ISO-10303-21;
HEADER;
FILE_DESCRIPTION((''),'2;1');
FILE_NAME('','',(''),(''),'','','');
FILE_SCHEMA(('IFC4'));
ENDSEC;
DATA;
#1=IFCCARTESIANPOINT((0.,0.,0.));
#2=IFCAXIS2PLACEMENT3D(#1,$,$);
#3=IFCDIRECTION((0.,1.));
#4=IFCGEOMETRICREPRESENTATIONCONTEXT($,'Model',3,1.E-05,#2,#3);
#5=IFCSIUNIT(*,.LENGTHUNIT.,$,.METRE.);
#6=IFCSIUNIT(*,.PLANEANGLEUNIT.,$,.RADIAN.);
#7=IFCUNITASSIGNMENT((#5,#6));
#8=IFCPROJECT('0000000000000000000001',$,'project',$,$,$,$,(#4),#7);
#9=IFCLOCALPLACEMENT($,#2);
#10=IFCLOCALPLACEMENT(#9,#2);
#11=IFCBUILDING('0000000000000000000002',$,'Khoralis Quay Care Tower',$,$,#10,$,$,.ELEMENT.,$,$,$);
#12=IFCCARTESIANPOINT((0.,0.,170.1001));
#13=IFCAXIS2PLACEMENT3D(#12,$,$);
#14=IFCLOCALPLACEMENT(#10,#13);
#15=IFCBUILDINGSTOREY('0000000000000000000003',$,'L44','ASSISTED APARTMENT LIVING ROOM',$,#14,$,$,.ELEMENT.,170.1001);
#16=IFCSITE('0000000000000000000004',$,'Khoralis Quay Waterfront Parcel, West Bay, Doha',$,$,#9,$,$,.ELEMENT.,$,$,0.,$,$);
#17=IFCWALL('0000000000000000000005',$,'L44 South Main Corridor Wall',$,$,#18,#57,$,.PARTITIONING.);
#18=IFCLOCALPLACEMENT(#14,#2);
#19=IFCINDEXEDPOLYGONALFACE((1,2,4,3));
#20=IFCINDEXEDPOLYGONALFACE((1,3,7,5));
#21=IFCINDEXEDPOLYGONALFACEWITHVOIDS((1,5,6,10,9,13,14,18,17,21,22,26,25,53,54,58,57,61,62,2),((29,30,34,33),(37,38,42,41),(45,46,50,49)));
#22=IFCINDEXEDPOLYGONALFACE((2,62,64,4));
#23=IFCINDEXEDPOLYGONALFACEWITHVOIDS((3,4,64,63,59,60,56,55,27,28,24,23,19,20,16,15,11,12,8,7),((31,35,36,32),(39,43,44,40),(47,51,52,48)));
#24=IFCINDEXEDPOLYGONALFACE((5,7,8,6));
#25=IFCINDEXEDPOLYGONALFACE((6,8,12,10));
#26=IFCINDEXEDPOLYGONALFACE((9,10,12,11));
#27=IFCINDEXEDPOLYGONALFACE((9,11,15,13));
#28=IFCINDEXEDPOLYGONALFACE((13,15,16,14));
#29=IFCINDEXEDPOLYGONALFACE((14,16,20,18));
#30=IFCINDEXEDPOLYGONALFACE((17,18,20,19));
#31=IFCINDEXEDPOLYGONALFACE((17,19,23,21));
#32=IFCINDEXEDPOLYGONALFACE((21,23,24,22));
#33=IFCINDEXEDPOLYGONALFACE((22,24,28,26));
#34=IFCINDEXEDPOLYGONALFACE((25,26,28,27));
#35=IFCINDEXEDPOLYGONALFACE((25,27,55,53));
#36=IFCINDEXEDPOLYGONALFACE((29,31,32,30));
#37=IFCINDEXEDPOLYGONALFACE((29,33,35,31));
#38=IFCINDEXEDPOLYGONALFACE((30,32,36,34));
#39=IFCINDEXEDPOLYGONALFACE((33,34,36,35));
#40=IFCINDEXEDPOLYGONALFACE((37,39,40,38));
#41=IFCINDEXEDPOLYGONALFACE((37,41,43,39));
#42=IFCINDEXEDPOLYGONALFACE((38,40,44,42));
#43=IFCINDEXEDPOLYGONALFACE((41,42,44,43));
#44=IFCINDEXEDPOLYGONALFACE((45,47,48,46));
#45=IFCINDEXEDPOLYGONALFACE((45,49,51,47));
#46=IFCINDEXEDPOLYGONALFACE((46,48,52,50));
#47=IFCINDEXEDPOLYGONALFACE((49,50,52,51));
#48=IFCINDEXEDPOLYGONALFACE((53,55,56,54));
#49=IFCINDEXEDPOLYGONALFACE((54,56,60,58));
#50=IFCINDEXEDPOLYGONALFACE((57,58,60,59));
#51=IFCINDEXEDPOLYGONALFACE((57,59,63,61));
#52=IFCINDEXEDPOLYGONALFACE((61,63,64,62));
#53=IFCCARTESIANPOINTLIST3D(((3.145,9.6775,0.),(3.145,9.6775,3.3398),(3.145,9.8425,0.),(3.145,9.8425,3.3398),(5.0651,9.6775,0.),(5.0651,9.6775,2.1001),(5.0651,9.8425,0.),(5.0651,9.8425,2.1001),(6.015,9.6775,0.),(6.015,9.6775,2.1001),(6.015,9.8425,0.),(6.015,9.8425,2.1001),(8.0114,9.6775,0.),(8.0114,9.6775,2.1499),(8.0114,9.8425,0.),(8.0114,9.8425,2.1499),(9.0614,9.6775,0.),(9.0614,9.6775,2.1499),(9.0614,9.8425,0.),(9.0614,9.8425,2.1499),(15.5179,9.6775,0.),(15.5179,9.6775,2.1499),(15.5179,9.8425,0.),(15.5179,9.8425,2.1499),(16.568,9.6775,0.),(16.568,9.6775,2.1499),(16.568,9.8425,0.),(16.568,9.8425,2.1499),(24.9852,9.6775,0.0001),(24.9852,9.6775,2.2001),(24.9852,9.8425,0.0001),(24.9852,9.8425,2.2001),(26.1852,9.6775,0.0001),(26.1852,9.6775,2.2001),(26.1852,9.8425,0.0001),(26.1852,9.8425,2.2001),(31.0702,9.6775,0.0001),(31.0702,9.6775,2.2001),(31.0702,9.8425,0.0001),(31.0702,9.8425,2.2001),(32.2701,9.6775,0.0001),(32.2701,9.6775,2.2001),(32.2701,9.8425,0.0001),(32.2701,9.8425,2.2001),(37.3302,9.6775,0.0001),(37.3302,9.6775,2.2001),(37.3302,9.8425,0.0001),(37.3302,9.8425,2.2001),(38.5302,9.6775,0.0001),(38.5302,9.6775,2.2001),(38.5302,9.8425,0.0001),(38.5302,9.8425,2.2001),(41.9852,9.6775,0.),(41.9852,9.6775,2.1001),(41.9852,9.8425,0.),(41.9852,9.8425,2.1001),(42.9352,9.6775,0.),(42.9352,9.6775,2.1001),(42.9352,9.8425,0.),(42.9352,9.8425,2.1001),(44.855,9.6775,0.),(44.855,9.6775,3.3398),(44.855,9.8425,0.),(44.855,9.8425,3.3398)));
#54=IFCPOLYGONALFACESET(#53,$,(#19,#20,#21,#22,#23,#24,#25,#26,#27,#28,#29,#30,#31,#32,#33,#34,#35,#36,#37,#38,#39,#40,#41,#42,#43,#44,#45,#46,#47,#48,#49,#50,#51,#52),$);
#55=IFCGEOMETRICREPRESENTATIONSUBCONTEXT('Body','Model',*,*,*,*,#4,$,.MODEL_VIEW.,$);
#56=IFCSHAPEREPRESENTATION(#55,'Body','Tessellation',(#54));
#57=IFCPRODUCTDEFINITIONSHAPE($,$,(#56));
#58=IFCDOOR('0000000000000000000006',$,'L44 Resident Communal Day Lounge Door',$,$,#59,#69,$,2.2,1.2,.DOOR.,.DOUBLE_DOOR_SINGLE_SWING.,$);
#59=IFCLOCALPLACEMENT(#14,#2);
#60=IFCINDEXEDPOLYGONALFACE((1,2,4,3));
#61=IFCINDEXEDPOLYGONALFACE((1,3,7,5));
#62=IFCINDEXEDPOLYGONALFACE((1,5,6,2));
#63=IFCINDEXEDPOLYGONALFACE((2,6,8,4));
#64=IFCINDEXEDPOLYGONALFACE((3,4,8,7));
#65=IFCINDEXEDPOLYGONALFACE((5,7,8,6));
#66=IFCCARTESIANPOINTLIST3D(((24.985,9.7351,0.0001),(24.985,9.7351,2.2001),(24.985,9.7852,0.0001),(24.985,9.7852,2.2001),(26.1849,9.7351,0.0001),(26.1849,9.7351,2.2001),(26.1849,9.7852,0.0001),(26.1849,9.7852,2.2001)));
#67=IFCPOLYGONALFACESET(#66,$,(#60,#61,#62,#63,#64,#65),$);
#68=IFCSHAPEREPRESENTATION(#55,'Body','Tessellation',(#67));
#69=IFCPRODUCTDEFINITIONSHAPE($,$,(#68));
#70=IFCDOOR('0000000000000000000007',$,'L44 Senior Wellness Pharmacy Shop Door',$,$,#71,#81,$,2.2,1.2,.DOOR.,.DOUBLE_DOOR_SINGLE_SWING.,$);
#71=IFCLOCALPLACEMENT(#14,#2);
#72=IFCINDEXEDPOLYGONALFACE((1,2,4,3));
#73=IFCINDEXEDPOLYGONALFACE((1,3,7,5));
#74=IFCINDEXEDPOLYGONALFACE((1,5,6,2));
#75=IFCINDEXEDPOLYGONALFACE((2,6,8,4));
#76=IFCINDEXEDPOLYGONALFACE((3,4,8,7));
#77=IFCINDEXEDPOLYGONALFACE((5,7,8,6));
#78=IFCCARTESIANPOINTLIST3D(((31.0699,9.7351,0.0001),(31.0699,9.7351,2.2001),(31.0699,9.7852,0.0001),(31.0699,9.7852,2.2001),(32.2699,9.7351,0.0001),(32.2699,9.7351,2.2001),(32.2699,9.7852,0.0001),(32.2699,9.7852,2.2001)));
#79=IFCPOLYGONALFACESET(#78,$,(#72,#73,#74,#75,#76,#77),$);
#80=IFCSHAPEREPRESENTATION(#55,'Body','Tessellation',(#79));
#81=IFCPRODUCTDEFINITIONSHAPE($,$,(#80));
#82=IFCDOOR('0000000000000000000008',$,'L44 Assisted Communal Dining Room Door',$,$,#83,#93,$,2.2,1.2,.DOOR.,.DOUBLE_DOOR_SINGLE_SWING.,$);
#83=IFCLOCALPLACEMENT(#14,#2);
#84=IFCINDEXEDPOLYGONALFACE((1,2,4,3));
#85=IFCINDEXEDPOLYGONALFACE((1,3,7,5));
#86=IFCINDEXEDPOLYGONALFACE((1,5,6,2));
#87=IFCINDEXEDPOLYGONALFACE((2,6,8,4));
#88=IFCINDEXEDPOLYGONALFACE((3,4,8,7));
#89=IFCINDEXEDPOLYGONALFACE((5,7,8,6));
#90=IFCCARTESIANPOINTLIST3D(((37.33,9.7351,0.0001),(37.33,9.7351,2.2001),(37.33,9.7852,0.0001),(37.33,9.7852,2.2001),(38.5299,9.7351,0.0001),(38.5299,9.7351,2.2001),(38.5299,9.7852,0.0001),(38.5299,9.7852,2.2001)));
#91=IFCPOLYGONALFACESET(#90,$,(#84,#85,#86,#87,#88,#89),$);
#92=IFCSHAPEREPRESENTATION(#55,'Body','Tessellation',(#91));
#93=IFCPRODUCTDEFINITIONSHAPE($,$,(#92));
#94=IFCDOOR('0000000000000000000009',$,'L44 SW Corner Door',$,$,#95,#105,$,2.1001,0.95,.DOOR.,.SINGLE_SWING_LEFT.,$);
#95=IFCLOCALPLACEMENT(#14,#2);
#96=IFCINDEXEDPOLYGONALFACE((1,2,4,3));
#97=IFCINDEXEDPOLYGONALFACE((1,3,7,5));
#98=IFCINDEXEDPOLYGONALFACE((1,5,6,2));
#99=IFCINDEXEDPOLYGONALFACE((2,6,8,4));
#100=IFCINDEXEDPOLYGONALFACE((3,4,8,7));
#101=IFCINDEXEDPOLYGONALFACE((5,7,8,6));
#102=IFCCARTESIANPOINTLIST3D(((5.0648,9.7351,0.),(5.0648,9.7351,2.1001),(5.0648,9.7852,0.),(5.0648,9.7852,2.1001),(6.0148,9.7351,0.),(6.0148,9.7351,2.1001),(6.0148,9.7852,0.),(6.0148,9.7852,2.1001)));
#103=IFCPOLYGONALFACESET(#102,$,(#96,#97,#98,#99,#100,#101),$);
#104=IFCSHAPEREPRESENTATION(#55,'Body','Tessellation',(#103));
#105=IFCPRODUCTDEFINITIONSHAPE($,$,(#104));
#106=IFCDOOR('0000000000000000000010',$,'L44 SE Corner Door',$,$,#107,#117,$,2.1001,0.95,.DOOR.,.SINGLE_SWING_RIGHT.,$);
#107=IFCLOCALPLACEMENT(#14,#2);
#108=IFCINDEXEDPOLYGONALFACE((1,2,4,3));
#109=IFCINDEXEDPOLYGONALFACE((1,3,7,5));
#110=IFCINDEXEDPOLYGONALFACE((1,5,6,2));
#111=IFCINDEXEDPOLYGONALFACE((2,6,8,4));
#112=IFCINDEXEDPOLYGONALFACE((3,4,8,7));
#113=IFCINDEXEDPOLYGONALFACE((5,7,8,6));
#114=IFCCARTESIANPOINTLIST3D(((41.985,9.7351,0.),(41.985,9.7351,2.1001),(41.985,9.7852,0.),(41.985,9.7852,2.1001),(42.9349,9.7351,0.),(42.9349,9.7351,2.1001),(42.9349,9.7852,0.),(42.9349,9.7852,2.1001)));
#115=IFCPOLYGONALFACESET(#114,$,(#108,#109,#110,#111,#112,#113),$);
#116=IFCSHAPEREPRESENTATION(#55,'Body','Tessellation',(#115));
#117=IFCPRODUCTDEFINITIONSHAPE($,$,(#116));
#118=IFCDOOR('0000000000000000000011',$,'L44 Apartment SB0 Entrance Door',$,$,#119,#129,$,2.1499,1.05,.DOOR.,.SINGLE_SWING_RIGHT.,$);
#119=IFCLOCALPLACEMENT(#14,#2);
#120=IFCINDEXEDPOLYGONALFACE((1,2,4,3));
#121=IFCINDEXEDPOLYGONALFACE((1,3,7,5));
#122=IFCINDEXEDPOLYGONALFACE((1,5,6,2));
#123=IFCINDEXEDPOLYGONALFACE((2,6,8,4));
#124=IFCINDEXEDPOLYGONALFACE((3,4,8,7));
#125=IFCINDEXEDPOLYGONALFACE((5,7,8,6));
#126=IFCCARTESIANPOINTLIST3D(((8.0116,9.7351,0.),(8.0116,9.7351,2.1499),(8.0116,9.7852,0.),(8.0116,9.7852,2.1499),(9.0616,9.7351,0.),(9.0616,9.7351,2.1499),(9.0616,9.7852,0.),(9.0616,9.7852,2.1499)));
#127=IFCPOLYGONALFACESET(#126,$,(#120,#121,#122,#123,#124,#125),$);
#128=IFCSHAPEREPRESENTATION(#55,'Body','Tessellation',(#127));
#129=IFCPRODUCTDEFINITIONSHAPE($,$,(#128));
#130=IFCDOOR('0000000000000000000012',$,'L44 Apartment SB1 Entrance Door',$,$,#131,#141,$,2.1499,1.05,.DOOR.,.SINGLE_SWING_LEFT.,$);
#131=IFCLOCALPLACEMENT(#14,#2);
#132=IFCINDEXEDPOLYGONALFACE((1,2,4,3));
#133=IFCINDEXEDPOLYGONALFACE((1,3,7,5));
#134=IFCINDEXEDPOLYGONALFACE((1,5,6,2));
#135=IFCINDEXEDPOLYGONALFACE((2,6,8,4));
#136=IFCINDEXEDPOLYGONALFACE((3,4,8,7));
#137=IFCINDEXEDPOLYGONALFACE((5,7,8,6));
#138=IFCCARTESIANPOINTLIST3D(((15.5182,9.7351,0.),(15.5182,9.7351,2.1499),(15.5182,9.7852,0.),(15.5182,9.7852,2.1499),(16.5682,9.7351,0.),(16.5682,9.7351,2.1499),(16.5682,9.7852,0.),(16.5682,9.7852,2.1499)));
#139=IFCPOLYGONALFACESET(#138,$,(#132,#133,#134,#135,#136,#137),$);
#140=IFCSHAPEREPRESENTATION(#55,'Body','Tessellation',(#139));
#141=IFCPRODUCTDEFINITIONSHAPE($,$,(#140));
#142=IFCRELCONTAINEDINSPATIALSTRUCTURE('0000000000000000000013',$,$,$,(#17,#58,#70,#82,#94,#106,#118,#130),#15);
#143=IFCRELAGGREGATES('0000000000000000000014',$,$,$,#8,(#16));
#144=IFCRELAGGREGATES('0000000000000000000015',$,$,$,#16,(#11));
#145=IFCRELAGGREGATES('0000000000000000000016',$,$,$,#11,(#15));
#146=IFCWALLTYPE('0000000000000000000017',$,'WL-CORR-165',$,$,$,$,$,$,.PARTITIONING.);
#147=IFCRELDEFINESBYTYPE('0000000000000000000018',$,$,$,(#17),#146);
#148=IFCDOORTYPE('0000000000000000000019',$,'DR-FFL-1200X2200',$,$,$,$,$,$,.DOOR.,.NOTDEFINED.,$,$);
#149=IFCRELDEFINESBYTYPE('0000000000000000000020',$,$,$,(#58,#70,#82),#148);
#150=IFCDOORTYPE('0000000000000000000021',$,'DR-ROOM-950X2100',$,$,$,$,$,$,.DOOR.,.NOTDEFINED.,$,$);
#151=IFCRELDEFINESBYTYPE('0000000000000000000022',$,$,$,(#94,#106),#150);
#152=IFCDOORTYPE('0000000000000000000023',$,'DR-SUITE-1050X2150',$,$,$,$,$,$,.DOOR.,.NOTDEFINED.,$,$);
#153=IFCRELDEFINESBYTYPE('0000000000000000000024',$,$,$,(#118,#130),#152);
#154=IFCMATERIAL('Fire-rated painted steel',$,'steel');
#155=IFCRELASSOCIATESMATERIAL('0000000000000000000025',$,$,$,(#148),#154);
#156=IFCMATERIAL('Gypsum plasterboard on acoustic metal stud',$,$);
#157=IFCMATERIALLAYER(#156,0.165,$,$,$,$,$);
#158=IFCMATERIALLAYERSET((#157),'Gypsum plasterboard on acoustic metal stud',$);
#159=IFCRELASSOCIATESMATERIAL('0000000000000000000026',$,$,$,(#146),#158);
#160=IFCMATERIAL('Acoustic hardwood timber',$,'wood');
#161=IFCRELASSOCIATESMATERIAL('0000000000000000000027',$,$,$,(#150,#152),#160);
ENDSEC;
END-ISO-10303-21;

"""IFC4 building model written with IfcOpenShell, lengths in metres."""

from ifc_helpers import new_model, si_unit, direction, frame, frame_2d, origin, place, context, subcontext, project, spatial, rectangle, extrude, source, transform, mapped, material, layer, layer_set, type_object, element, fill, save


model = new_model("IFC4")

# Units and contexts
model_context = context("Model", 3, precision=1e-05, world=origin(), true_north=direction((0.0, 1.0)))
body_context = subcontext(model_context, "Body", "Model", "MODEL_VIEW")
ifc_project = project(units=[si_unit("LENGTHUNIT", "METRE"), si_unit("PLANEANGLEUNIT", "RADIAN")], contexts=[model_context])

# Site, building, storey
site_placement = place(None, origin())
site = spatial("IfcSite", under=ifc_project, at=site_placement, Name="Khoralis Quay Waterfront Parcel, West Bay, Doha", CompositionType="ELEMENT", RefElevation=0.0)
building_placement = place(site_placement, origin())
building = spatial("IfcBuilding", under=site, at=building_placement, Name="Khoralis Quay Care Tower", CompositionType="ELEMENT")
storey_placement = place(building_placement, frame((0.0, 0.0, 170.1001)))
storey = spatial("IfcBuildingStorey", under=building, at=storey_placement, Name="L44", Description="ASSISTED APARTMENT LIVING ROOM", CompositionType="ELEMENT", Elevation=170.1001)

# Shared definitions
ifc_material_1 = material(Name="Gypsum plasterboard on acoustic metal stud")
ifc_material_2 = material(Name="Fire-rated painted steel", Category="steel")
door_type_1 = type_object("IfcDoorType", Name="DR-FFL-1200X2200", OperationType="NOTDEFINED", PredefinedType="DOOR", material=ifc_material_2)
shared_shape_1 = source(origin(), body_context, "Body", "SweptSolid", [
    extrude(rectangle(XDim=1.2, YDim=2.2, at=frame_2d((0.6001, 1.1001))), frame((0.0, 0.0249, 0.0), z_axis=(0.0, -1.0, 0.0), x_axis=(1.0, 0.0, 0.0)), (0.0, 0.0, 1.0), 0.05),
])

# Wall, openings, doors
ifc_layer_1 = layer(ifc_material_1, 0.165)
ifc_layer_set_1 = layer_set([ifc_layer_1], Name="Gypsum plasterboard on acoustic metal stud")
wall_type_1 = type_object("IfcWallType", Name="WL-CORR-165", PredefinedType="PARTITIONING", material=ifc_layer_set_1)
wall_1_placement = place(storey_placement, frame((3.145, 9.76, 0.0), z_axis=(0.0, 0.0, 1.0), x_axis=(1.0, 0.0, 0.0)))
wall_1 = element("IfcWall", 1, at=wall_1_placement, inside=storey, type_object=wall_type_1, Name="L44 South Main Corridor Wall", PredefinedType="PARTITIONING", context=body_context, shape_type="SweptSolid", body=[
    extrude(rectangle(XDim=41.71, YDim=0.165, at=frame_2d((20.855, 0.0))), origin(), (0.0, 0.0, 1.0), 3.3398),
])
opening_1_placement = place(wall_1_placement, frame((4.8665, 0.0, 0.0)))
opening_1 = element("IfcOpeningElement", 2, at=opening_1_placement, cuts=wall_1, PredefinedType="OPENING", context=body_context, shape_type="SweptSolid", body=[
    extrude(rectangle(XDim=1.05, YDim=2.1499, at=frame_2d((0.5249, 1.075))), frame((0.0, 0.0925, 0.0), z_axis=(0.0, -1.0, 0.0), x_axis=(1.0, 0.0, 0.0)), (0.0, 0.0, 1.0), 0.1851),
])
opening_2_placement = place(wall_1_placement, frame((12.373, 0.0, 0.0)))
opening_2 = element("IfcOpeningElement", 3, at=opening_2_placement, cuts=wall_1, PredefinedType="OPENING", context=body_context, shape_type="SweptSolid", body=[
    extrude(rectangle(XDim=1.05, YDim=2.1499, at=frame_2d((0.5249, 1.075))), frame((0.0, 0.0925, 0.0), z_axis=(0.0, -1.0, 0.0), x_axis=(1.0, 0.0, 0.0)), (0.0, 0.0, 1.0), 0.1851),
])
opening_3_placement = place(wall_1_placement, frame((21.8401, 0.0, 0.0)))
opening_3 = element("IfcOpeningElement", 4, at=opening_3_placement, cuts=wall_1, PredefinedType="OPENING", context=body_context, shape_type="SweptSolid", body=[
    extrude(rectangle(XDim=1.2, YDim=2.2, at=frame_2d((0.6001, 1.1001))), frame((0.0, 0.0925, 0.0), z_axis=(0.0, -1.0, 0.0), x_axis=(1.0, 0.0, 0.0)), (0.0, 0.0, 1.0), 0.1851),
])
opening_4_placement = place(wall_1_placement, frame((27.925, 0.0, 0.0)))
opening_4 = element("IfcOpeningElement", 5, at=opening_4_placement, cuts=wall_1, PredefinedType="OPENING", context=body_context, shape_type="SweptSolid", body=[
    extrude(rectangle(XDim=1.2, YDim=2.2, at=frame_2d((0.6001, 1.1001))), frame((0.0, 0.0925, 0.0), z_axis=(0.0, -1.0, 0.0), x_axis=(1.0, 0.0, 0.0)), (0.0, 0.0, 1.0), 0.1851),
])
opening_5_placement = place(wall_1_placement, frame((34.1851, 0.0, 0.0)))
opening_5 = element("IfcOpeningElement", 6, at=opening_5_placement, cuts=wall_1, PredefinedType="OPENING", context=body_context, shape_type="SweptSolid", body=[
    extrude(rectangle(XDim=1.2, YDim=2.2, at=frame_2d((0.6001, 1.1001))), frame((0.0, 0.0925, 0.0), z_axis=(0.0, -1.0, 0.0), x_axis=(1.0, 0.0, 0.0)), (0.0, 0.0, 1.0), 0.1851),
])
opening_6_placement = place(wall_1_placement, frame((1.9199, 0.0, 0.0)))
opening_6 = element("IfcOpeningElement", 7, at=opening_6_placement, cuts=wall_1, PredefinedType="OPENING", context=body_context, shape_type="SweptSolid", body=[
    extrude(rectangle(XDim=0.95, YDim=2.1001, at=frame_2d((0.4751, 1.05))), frame((0.0, 0.0925, 0.0), z_axis=(0.0, -1.0, 0.0), x_axis=(1.0, 0.0, 0.0)), (0.0, 0.0, 1.0), 0.1851),
])
opening_7_placement = place(wall_1_placement, frame((38.8401, 0.0, 0.0)))
opening_7 = element("IfcOpeningElement", 8, at=opening_7_placement, cuts=wall_1, PredefinedType="OPENING", context=body_context, shape_type="SweptSolid", body=[
    extrude(rectangle(XDim=0.95, YDim=2.1001, at=frame_2d((0.4751, 1.05))), frame((0.0, 0.0925, 0.0), z_axis=(0.0, -1.0, 0.0), x_axis=(1.0, 0.0, 0.0)), (0.0, 0.0, 1.0), 0.1851),
])
door_1_placement = place(opening_3_placement, frame((1.2, 0.0, 0.0), z_axis=(0.0, 0.0, 1.0), x_axis=(-1.0, 0.0, 0.0)))
door_1 = element("IfcDoor", 9, at=door_1_placement, inside=storey, type_object=door_type_1, Name="L44 Resident Communal Day Lounge Door", OperationType="DOUBLE_DOOR_SINGLE_SWING", OverallHeight=2.2, OverallWidth=1.2, PredefinedType="DOOR", context=body_context, shape_type="MappedRepresentation", body=[
    mapped(shared_shape_1, transform((0.0, 0.0, 0.0), scale=1.0)),
])
fill(opening_3, door_1)
door_2_placement = place(opening_4_placement, frame((1.2, 0.0, 0.0), z_axis=(0.0, 0.0, 1.0), x_axis=(-1.0, 0.0, 0.0)))
door_2 = element("IfcDoor", 10, at=door_2_placement, inside=storey, type_object=door_type_1, Name="L44 Senior Wellness Pharmacy Shop Door", OperationType="DOUBLE_DOOR_SINGLE_SWING", OverallHeight=2.2, OverallWidth=1.2, PredefinedType="DOOR", context=body_context, shape_type="MappedRepresentation", body=[
    mapped(shared_shape_1, transform((0.0, 0.0, 0.0), scale=1.0)),
])
fill(opening_4, door_2)
door_3_placement = place(opening_5_placement, frame((1.2, 0.0, 0.0), z_axis=(0.0, 0.0, 1.0), x_axis=(-1.0, 0.0, 0.0)))
door_3 = element("IfcDoor", 11, at=door_3_placement, inside=storey, type_object=door_type_1, Name="L44 Assisted Communal Dining Room Door", OperationType="DOUBLE_DOOR_SINGLE_SWING", OverallHeight=2.2, OverallWidth=1.2, PredefinedType="DOOR", context=body_context, shape_type="MappedRepresentation", body=[
    mapped(shared_shape_1, transform((0.0, 0.0, 0.0), scale=1.0)),
])
fill(opening_5, door_3)
ifc_material_3 = material(Name="Acoustic hardwood timber", Category="wood")
door_type_2 = type_object("IfcDoorType", Name="DR-ROOM-950X2100", OperationType="NOTDEFINED", PredefinedType="DOOR", material=ifc_material_3)
shared_shape_2 = source(origin(), body_context, "Body", "SweptSolid", [
    extrude(rectangle(XDim=0.95, YDim=2.1001, at=frame_2d((0.4751, 1.05))), frame((0.0, 0.0249, 0.0), z_axis=(0.0, -1.0, 0.0), x_axis=(1.0, 0.0, 0.0)), (0.0, 0.0, 1.0), 0.05),
])
door_4_placement = place(opening_6_placement, frame((0.95, 0.0, 0.0), z_axis=(0.0, 0.0, 1.0), x_axis=(-1.0, 0.0, 0.0)))
door_4 = element("IfcDoor", 12, at=door_4_placement, inside=storey, type_object=door_type_2, Name="L44 SW Corner Door", OperationType="SINGLE_SWING_LEFT", OverallHeight=2.1001, OverallWidth=0.95, PredefinedType="DOOR", context=body_context, shape_type="MappedRepresentation", body=[
    mapped(shared_shape_2, transform((0.0, 0.0, 0.0), scale=1.0)),
])
fill(opening_6, door_4)
door_5_placement = place(opening_7_placement, frame((0.95, 0.0, 0.0), z_axis=(0.0, 0.0, 1.0), x_axis=(-1.0, 0.0, 0.0)))
door_5 = element("IfcDoor", 13, at=door_5_placement, inside=storey, type_object=door_type_2, Name="L44 SE Corner Door", OperationType="SINGLE_SWING_RIGHT", OverallHeight=2.1001, OverallWidth=0.95, PredefinedType="DOOR", context=body_context, shape_type="MappedRepresentation", body=[
    mapped(shared_shape_2, transform((0.0, 0.0, 0.0), scale=1.0)),
])
fill(opening_7, door_5)
door_type_3 = type_object("IfcDoorType", Name="DR-SUITE-1050X2150", OperationType="NOTDEFINED", PredefinedType="DOOR", material=ifc_material_3)
shared_shape_3 = source(origin(), body_context, "Body", "SweptSolid", [
    extrude(rectangle(XDim=1.05, YDim=2.1499, at=frame_2d((0.5249, 1.075))), frame((0.0, 0.0249, 0.0), z_axis=(0.0, -1.0, 0.0), x_axis=(1.0, 0.0, 0.0)), (0.0, 0.0, 1.0), 0.05),
])
door_6_placement = place(opening_1_placement, frame((1.05, 0.0, 0.0), z_axis=(0.0, 0.0, 1.0), x_axis=(-1.0, 0.0, 0.0)))
door_6 = element("IfcDoor", 14, at=door_6_placement, inside=storey, type_object=door_type_3, Name="L44 Apartment SB0 Entrance Door", OperationType="SINGLE_SWING_RIGHT", OverallHeight=2.1499, OverallWidth=1.05, PredefinedType="DOOR", context=body_context, shape_type="MappedRepresentation", body=[
    mapped(shared_shape_3, transform((0.0, 0.0, 0.0), scale=1.0)),
])
fill(opening_1, door_6)
door_7_placement = place(opening_2_placement, frame((1.05, 0.0, 0.0), z_axis=(0.0, 0.0, 1.0), x_axis=(-1.0, 0.0, 0.0)))
door_7 = element("IfcDoor", 15, at=door_7_placement, inside=storey, type_object=door_type_3, Name="L44 Apartment SB1 Entrance Door", OperationType="SINGLE_SWING_LEFT", OverallHeight=2.1499, OverallWidth=1.05, PredefinedType="DOOR", context=body_context, shape_type="MappedRepresentation", body=[
    mapped(shared_shape_3, transform((0.0, 0.0, 0.0), scale=1.0)),
])
fill(opening_2, door_7)

save(model, "model.ifc")
